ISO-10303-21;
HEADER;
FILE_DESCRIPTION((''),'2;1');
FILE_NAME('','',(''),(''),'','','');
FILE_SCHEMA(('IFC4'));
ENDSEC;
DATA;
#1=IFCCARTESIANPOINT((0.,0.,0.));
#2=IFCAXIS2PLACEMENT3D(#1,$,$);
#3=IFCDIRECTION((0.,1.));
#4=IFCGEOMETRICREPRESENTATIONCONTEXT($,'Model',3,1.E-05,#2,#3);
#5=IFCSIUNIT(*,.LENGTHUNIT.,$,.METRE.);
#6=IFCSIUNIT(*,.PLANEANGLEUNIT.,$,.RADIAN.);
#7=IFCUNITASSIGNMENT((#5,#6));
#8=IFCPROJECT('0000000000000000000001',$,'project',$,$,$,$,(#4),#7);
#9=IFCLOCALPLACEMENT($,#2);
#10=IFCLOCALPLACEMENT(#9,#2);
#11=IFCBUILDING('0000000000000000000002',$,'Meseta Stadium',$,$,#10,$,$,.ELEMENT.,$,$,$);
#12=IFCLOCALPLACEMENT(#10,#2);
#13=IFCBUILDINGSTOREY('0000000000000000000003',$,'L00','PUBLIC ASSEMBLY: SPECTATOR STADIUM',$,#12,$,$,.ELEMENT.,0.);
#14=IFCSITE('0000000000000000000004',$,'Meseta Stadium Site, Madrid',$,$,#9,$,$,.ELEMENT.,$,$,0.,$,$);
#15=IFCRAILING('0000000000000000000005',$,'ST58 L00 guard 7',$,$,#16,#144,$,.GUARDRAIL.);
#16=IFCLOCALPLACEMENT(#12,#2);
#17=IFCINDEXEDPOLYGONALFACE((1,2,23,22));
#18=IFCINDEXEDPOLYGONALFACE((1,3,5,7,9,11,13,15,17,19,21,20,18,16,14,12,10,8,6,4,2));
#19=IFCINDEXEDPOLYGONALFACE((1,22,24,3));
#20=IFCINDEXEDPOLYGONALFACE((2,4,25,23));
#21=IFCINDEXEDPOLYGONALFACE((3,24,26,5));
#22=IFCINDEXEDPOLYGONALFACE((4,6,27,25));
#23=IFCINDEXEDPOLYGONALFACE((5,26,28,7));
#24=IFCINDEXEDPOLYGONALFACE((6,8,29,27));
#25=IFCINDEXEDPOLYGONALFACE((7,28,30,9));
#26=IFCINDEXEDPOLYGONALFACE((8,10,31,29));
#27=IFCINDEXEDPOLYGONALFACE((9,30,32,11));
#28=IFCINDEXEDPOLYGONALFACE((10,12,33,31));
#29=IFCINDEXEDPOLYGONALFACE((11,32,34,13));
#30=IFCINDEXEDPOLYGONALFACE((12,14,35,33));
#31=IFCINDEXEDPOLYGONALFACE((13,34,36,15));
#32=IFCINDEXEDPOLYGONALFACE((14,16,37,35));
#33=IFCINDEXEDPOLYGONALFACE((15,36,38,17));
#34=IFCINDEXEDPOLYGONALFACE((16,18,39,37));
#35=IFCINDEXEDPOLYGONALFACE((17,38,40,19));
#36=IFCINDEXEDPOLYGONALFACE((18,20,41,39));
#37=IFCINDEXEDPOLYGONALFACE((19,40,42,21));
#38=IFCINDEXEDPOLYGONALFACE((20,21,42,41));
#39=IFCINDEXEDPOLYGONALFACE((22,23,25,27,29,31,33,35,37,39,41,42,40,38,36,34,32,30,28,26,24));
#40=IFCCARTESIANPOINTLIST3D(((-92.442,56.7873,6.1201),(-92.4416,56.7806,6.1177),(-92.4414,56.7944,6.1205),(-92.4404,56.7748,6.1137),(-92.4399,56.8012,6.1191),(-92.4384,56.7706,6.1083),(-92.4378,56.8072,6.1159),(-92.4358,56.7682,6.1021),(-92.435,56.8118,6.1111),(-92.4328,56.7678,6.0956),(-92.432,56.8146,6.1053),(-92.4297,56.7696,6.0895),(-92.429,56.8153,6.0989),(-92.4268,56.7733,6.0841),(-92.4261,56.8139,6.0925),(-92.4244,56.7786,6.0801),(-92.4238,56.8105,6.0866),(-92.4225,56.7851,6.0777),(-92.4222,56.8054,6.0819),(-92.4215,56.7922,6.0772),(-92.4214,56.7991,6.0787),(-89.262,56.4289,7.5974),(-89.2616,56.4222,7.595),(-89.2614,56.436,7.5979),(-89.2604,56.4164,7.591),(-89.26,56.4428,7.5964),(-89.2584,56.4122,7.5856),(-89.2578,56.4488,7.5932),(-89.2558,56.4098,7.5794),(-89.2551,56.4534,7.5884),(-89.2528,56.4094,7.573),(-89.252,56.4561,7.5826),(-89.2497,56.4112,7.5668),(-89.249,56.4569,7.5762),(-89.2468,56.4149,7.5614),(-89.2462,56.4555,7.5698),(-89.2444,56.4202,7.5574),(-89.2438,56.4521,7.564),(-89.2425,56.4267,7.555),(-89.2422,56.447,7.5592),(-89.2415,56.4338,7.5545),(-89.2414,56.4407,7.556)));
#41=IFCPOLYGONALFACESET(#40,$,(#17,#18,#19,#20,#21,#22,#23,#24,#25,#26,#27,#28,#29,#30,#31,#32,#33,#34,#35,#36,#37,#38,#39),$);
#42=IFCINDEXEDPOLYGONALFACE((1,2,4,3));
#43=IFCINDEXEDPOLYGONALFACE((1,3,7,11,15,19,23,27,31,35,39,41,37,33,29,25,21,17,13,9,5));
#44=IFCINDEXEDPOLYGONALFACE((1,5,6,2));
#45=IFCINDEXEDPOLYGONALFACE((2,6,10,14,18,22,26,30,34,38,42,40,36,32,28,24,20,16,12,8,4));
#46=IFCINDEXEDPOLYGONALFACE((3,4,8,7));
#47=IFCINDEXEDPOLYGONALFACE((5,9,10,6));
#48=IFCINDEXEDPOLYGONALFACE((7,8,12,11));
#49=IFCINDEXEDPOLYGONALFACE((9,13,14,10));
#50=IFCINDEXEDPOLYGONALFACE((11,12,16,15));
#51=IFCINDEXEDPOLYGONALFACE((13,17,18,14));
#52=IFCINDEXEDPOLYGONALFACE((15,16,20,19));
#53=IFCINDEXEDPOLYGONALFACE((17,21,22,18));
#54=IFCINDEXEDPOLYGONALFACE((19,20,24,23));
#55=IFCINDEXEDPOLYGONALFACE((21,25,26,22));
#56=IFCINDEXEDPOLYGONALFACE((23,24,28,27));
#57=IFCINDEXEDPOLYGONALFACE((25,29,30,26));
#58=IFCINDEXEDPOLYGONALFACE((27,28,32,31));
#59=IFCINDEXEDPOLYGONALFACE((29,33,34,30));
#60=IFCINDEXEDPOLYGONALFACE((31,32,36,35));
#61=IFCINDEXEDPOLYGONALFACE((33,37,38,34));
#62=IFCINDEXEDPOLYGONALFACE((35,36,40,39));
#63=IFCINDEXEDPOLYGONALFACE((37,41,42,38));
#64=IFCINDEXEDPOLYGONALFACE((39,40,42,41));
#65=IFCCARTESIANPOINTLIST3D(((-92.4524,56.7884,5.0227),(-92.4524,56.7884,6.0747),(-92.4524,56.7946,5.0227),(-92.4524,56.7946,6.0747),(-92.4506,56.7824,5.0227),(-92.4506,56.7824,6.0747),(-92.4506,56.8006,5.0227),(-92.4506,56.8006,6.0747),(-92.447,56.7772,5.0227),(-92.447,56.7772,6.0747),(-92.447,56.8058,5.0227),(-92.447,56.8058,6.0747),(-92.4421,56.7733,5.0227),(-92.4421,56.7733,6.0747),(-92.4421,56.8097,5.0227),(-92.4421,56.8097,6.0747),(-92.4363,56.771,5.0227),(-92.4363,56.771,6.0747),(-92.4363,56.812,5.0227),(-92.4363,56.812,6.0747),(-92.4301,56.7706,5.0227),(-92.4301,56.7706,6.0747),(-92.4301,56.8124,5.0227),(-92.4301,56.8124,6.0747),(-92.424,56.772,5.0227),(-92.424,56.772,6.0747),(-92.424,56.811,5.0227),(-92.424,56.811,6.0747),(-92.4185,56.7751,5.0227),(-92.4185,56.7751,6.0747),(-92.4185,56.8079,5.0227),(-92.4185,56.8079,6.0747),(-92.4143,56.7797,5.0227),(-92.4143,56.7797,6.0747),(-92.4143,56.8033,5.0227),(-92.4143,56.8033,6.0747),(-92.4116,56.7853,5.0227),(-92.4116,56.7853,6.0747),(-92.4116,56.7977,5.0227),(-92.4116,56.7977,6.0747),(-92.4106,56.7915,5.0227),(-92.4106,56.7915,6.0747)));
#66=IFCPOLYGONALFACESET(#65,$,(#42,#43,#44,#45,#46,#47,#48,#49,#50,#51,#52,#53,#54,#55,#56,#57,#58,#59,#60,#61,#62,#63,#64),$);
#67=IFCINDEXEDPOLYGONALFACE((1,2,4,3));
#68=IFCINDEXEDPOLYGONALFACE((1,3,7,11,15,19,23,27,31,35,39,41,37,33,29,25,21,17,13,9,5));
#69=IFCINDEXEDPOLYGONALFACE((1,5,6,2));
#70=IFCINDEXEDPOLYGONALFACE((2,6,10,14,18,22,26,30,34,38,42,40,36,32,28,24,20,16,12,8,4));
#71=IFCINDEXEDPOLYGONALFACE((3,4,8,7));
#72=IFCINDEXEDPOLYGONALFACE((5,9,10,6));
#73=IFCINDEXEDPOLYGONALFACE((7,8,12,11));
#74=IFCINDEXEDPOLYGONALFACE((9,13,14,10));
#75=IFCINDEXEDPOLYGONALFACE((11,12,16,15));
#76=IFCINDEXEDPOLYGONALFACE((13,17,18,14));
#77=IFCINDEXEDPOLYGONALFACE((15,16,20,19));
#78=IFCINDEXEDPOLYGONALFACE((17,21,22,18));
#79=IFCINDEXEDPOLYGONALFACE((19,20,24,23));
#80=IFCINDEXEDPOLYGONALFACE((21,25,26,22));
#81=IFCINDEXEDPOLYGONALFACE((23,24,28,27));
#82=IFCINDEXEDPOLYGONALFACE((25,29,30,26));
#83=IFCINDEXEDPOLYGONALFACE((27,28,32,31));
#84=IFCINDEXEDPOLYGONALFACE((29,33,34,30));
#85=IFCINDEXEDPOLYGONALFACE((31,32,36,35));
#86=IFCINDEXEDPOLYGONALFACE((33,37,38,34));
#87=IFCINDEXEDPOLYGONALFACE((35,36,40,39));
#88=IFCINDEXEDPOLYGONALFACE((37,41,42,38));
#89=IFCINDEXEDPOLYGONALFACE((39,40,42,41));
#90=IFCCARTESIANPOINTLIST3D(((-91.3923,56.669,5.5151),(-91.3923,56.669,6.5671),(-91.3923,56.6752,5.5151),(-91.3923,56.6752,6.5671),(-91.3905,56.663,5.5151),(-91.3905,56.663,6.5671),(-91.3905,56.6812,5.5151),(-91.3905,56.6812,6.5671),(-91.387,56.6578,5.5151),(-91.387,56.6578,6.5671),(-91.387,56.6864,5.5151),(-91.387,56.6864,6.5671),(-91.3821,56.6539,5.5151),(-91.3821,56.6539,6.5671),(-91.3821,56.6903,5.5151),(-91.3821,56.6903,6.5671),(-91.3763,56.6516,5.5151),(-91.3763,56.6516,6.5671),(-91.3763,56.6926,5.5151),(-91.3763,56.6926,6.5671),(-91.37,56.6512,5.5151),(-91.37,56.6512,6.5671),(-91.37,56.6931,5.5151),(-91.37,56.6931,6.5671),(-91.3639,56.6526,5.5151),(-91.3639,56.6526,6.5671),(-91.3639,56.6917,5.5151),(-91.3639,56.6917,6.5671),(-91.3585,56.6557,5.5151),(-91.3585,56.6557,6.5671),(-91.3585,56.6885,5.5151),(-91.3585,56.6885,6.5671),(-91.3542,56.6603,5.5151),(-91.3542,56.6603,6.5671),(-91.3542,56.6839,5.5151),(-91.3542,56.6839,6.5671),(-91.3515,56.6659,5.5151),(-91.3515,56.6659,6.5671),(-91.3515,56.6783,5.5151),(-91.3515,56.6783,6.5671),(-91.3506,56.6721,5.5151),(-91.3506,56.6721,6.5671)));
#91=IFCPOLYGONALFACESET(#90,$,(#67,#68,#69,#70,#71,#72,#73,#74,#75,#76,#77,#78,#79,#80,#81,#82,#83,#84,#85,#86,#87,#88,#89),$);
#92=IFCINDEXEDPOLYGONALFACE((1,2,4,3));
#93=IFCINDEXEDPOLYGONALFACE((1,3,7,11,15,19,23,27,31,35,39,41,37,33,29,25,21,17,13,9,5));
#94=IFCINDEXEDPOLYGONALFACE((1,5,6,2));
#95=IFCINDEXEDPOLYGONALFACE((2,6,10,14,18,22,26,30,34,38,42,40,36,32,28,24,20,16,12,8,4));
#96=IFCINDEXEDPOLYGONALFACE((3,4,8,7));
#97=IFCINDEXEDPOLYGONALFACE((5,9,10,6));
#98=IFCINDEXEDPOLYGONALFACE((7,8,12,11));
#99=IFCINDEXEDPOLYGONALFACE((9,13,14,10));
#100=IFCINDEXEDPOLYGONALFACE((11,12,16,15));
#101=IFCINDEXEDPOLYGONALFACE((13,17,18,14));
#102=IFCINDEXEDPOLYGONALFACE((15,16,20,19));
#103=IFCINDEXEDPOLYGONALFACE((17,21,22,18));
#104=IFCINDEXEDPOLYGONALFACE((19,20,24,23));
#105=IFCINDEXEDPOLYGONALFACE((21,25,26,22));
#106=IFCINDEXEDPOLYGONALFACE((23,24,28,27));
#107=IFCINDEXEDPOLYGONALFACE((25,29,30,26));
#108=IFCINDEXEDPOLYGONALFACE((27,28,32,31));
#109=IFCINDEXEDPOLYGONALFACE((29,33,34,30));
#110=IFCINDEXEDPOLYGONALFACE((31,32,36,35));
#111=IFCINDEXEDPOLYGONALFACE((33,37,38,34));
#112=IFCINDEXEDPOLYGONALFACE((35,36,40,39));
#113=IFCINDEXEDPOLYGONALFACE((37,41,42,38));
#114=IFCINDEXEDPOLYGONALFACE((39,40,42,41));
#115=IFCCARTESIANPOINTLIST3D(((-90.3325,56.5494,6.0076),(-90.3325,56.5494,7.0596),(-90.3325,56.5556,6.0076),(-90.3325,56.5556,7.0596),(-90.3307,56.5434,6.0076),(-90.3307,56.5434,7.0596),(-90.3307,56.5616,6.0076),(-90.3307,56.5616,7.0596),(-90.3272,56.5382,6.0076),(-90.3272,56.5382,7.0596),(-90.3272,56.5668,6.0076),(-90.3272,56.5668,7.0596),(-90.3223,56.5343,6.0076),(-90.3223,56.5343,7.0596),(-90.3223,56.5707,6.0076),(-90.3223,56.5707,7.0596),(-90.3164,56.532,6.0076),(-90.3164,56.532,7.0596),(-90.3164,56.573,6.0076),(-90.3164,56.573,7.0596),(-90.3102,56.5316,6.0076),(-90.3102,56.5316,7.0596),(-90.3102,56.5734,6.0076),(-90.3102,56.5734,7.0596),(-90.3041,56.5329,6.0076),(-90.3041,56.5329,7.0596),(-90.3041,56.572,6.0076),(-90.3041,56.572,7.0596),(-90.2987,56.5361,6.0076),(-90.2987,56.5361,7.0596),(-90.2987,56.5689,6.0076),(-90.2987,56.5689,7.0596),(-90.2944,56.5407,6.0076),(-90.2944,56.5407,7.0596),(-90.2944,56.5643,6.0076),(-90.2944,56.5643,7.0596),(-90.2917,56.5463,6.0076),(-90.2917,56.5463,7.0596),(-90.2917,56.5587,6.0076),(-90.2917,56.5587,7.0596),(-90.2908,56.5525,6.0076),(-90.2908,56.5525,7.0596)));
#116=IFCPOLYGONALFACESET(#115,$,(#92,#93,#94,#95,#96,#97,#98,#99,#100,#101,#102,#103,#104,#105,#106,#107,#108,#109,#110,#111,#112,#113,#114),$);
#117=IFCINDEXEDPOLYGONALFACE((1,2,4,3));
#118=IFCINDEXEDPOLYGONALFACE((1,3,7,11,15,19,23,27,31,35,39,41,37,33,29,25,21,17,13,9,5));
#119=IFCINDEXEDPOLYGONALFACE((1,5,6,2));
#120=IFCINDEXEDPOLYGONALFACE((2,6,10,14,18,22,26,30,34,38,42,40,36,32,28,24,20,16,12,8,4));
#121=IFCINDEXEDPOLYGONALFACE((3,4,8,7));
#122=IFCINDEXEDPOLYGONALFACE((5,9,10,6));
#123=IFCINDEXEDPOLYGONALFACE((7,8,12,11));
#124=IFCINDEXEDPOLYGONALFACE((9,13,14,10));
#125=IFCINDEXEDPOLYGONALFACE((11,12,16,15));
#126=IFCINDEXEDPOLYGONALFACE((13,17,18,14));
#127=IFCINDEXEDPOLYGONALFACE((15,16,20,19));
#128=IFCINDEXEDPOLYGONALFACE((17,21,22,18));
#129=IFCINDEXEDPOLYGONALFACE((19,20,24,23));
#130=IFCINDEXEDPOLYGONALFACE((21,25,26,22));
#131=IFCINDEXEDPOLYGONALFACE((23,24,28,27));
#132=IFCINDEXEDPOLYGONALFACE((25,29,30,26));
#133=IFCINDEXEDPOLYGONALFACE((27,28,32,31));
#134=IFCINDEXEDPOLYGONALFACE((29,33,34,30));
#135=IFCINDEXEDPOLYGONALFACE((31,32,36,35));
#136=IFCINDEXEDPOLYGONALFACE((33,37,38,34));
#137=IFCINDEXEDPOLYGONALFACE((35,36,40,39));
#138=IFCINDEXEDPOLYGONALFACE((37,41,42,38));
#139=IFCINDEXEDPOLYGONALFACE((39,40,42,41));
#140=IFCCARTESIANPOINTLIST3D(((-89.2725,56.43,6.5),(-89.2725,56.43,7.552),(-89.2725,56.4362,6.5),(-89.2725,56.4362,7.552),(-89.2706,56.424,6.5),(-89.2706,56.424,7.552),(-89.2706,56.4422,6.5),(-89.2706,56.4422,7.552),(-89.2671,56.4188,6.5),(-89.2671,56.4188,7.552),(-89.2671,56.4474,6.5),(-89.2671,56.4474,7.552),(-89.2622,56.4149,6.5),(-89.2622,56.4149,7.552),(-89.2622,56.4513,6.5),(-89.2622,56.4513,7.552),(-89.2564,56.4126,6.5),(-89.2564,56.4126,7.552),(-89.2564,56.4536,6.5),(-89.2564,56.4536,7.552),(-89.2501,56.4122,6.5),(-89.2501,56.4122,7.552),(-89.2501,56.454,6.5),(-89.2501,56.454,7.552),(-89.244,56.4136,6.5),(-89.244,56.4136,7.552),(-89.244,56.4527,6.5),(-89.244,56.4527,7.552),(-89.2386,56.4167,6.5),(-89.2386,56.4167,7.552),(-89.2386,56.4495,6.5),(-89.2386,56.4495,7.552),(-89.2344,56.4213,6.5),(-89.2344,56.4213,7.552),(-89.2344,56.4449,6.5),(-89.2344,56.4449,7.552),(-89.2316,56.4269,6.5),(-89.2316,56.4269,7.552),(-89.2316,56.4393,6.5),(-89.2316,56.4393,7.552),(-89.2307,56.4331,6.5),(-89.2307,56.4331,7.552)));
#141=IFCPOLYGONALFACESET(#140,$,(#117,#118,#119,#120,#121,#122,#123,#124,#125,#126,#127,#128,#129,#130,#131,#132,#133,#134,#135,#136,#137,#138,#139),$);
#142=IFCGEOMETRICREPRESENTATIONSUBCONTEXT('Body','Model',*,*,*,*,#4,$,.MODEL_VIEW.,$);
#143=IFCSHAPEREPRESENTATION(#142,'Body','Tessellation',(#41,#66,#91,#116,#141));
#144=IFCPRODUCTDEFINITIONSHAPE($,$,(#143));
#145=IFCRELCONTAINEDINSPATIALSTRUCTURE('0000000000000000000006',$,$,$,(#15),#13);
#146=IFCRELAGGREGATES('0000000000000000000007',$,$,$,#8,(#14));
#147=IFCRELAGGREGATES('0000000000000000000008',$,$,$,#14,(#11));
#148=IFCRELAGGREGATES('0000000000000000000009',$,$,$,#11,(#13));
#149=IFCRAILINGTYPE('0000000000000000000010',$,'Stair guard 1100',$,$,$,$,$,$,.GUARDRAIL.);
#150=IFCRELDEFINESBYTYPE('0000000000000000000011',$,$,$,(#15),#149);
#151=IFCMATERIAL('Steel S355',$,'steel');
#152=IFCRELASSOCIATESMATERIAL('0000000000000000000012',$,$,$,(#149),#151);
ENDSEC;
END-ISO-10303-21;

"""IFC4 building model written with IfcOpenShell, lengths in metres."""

from ifc_helpers import new_model, si_unit, direction, frame, origin, origin_2d, place, context, subcontext, project, spatial, circle, extrude, material, type_object, element, save


model = new_model("IFC4")

# Units and contexts
model_context = context("Model", 3, precision=1e-05, world=origin(), true_north=direction((0.0, 1.0)))
body_context = subcontext(model_context, "Body", "Model", "MODEL_VIEW")
ifc_project = project(units=[si_unit("LENGTHUNIT", "METRE"), si_unit("PLANEANGLEUNIT", "RADIAN")], contexts=[model_context])

# Site, building, storey
site_placement = place(None, origin())
site = spatial("IfcSite", under=ifc_project, at=site_placement, Name="Meseta Stadium Site, Madrid", CompositionType="ELEMENT", RefElevation=0.0)
building_placement = place(site_placement, origin())
building = spatial("IfcBuilding", under=site, at=building_placement, Name="Meseta Stadium", CompositionType="ELEMENT")
storey_placement = place(building_placement, origin())
storey = spatial("IfcBuildingStorey", under=building, at=storey_placement, Name="L00", Description="PUBLIC ASSEMBLY: SPECTATOR STADIUM", CompositionType="ELEMENT", Elevation=0.0)

# Railing
ifc_material_1 = material(Name="Steel S355", Category="steel")
railing_type_1 = type_object("IfcRailingType", Name="Stair guard 1100", PredefinedType="GUARDRAIL", material=ifc_material_1)
railing_1_placement = place(storey_placement, frame((-92.4316, 56.7915, 5.0227)))
element("IfcRailing", 1, at=railing_1_placement, inside=storey, type_object=railing_type_1, Name="ST58 L00 guard 7", PredefinedType="GUARDRAIL", context=body_context, shape_type="SweptSolid", body=[
    extrude(circle(Radius=0.0239, at=origin_2d()), frame((0.0, 0.0, 1.0762), z_axis=(0.90221, -0.101685, 0.419138), x_axis=(0.111997, 0.993709, 0.0)), (0.0, 0.0, 1.0), 3.5247),
    extrude(circle(Radius=0.021, at=origin_2d()), origin(), (0.0, 0.0, 1.0), 1.052),
    extrude(circle(Radius=0.021, at=origin_2d()), frame((1.0601, -0.1194, 0.4924)), (0.0, 0.0, 1.0), 1.052),
    extrude(circle(Radius=0.021, at=origin_2d()), frame((2.1199, -0.239, 0.9849)), (0.0, 0.0, 1.0), 1.052),
    extrude(circle(Radius=0.021, at=origin_2d()), frame((3.1799, -0.3584, 1.4773)), (0.0, 0.0, 1.0), 1.052),
])

save(model, "model.ifc")
